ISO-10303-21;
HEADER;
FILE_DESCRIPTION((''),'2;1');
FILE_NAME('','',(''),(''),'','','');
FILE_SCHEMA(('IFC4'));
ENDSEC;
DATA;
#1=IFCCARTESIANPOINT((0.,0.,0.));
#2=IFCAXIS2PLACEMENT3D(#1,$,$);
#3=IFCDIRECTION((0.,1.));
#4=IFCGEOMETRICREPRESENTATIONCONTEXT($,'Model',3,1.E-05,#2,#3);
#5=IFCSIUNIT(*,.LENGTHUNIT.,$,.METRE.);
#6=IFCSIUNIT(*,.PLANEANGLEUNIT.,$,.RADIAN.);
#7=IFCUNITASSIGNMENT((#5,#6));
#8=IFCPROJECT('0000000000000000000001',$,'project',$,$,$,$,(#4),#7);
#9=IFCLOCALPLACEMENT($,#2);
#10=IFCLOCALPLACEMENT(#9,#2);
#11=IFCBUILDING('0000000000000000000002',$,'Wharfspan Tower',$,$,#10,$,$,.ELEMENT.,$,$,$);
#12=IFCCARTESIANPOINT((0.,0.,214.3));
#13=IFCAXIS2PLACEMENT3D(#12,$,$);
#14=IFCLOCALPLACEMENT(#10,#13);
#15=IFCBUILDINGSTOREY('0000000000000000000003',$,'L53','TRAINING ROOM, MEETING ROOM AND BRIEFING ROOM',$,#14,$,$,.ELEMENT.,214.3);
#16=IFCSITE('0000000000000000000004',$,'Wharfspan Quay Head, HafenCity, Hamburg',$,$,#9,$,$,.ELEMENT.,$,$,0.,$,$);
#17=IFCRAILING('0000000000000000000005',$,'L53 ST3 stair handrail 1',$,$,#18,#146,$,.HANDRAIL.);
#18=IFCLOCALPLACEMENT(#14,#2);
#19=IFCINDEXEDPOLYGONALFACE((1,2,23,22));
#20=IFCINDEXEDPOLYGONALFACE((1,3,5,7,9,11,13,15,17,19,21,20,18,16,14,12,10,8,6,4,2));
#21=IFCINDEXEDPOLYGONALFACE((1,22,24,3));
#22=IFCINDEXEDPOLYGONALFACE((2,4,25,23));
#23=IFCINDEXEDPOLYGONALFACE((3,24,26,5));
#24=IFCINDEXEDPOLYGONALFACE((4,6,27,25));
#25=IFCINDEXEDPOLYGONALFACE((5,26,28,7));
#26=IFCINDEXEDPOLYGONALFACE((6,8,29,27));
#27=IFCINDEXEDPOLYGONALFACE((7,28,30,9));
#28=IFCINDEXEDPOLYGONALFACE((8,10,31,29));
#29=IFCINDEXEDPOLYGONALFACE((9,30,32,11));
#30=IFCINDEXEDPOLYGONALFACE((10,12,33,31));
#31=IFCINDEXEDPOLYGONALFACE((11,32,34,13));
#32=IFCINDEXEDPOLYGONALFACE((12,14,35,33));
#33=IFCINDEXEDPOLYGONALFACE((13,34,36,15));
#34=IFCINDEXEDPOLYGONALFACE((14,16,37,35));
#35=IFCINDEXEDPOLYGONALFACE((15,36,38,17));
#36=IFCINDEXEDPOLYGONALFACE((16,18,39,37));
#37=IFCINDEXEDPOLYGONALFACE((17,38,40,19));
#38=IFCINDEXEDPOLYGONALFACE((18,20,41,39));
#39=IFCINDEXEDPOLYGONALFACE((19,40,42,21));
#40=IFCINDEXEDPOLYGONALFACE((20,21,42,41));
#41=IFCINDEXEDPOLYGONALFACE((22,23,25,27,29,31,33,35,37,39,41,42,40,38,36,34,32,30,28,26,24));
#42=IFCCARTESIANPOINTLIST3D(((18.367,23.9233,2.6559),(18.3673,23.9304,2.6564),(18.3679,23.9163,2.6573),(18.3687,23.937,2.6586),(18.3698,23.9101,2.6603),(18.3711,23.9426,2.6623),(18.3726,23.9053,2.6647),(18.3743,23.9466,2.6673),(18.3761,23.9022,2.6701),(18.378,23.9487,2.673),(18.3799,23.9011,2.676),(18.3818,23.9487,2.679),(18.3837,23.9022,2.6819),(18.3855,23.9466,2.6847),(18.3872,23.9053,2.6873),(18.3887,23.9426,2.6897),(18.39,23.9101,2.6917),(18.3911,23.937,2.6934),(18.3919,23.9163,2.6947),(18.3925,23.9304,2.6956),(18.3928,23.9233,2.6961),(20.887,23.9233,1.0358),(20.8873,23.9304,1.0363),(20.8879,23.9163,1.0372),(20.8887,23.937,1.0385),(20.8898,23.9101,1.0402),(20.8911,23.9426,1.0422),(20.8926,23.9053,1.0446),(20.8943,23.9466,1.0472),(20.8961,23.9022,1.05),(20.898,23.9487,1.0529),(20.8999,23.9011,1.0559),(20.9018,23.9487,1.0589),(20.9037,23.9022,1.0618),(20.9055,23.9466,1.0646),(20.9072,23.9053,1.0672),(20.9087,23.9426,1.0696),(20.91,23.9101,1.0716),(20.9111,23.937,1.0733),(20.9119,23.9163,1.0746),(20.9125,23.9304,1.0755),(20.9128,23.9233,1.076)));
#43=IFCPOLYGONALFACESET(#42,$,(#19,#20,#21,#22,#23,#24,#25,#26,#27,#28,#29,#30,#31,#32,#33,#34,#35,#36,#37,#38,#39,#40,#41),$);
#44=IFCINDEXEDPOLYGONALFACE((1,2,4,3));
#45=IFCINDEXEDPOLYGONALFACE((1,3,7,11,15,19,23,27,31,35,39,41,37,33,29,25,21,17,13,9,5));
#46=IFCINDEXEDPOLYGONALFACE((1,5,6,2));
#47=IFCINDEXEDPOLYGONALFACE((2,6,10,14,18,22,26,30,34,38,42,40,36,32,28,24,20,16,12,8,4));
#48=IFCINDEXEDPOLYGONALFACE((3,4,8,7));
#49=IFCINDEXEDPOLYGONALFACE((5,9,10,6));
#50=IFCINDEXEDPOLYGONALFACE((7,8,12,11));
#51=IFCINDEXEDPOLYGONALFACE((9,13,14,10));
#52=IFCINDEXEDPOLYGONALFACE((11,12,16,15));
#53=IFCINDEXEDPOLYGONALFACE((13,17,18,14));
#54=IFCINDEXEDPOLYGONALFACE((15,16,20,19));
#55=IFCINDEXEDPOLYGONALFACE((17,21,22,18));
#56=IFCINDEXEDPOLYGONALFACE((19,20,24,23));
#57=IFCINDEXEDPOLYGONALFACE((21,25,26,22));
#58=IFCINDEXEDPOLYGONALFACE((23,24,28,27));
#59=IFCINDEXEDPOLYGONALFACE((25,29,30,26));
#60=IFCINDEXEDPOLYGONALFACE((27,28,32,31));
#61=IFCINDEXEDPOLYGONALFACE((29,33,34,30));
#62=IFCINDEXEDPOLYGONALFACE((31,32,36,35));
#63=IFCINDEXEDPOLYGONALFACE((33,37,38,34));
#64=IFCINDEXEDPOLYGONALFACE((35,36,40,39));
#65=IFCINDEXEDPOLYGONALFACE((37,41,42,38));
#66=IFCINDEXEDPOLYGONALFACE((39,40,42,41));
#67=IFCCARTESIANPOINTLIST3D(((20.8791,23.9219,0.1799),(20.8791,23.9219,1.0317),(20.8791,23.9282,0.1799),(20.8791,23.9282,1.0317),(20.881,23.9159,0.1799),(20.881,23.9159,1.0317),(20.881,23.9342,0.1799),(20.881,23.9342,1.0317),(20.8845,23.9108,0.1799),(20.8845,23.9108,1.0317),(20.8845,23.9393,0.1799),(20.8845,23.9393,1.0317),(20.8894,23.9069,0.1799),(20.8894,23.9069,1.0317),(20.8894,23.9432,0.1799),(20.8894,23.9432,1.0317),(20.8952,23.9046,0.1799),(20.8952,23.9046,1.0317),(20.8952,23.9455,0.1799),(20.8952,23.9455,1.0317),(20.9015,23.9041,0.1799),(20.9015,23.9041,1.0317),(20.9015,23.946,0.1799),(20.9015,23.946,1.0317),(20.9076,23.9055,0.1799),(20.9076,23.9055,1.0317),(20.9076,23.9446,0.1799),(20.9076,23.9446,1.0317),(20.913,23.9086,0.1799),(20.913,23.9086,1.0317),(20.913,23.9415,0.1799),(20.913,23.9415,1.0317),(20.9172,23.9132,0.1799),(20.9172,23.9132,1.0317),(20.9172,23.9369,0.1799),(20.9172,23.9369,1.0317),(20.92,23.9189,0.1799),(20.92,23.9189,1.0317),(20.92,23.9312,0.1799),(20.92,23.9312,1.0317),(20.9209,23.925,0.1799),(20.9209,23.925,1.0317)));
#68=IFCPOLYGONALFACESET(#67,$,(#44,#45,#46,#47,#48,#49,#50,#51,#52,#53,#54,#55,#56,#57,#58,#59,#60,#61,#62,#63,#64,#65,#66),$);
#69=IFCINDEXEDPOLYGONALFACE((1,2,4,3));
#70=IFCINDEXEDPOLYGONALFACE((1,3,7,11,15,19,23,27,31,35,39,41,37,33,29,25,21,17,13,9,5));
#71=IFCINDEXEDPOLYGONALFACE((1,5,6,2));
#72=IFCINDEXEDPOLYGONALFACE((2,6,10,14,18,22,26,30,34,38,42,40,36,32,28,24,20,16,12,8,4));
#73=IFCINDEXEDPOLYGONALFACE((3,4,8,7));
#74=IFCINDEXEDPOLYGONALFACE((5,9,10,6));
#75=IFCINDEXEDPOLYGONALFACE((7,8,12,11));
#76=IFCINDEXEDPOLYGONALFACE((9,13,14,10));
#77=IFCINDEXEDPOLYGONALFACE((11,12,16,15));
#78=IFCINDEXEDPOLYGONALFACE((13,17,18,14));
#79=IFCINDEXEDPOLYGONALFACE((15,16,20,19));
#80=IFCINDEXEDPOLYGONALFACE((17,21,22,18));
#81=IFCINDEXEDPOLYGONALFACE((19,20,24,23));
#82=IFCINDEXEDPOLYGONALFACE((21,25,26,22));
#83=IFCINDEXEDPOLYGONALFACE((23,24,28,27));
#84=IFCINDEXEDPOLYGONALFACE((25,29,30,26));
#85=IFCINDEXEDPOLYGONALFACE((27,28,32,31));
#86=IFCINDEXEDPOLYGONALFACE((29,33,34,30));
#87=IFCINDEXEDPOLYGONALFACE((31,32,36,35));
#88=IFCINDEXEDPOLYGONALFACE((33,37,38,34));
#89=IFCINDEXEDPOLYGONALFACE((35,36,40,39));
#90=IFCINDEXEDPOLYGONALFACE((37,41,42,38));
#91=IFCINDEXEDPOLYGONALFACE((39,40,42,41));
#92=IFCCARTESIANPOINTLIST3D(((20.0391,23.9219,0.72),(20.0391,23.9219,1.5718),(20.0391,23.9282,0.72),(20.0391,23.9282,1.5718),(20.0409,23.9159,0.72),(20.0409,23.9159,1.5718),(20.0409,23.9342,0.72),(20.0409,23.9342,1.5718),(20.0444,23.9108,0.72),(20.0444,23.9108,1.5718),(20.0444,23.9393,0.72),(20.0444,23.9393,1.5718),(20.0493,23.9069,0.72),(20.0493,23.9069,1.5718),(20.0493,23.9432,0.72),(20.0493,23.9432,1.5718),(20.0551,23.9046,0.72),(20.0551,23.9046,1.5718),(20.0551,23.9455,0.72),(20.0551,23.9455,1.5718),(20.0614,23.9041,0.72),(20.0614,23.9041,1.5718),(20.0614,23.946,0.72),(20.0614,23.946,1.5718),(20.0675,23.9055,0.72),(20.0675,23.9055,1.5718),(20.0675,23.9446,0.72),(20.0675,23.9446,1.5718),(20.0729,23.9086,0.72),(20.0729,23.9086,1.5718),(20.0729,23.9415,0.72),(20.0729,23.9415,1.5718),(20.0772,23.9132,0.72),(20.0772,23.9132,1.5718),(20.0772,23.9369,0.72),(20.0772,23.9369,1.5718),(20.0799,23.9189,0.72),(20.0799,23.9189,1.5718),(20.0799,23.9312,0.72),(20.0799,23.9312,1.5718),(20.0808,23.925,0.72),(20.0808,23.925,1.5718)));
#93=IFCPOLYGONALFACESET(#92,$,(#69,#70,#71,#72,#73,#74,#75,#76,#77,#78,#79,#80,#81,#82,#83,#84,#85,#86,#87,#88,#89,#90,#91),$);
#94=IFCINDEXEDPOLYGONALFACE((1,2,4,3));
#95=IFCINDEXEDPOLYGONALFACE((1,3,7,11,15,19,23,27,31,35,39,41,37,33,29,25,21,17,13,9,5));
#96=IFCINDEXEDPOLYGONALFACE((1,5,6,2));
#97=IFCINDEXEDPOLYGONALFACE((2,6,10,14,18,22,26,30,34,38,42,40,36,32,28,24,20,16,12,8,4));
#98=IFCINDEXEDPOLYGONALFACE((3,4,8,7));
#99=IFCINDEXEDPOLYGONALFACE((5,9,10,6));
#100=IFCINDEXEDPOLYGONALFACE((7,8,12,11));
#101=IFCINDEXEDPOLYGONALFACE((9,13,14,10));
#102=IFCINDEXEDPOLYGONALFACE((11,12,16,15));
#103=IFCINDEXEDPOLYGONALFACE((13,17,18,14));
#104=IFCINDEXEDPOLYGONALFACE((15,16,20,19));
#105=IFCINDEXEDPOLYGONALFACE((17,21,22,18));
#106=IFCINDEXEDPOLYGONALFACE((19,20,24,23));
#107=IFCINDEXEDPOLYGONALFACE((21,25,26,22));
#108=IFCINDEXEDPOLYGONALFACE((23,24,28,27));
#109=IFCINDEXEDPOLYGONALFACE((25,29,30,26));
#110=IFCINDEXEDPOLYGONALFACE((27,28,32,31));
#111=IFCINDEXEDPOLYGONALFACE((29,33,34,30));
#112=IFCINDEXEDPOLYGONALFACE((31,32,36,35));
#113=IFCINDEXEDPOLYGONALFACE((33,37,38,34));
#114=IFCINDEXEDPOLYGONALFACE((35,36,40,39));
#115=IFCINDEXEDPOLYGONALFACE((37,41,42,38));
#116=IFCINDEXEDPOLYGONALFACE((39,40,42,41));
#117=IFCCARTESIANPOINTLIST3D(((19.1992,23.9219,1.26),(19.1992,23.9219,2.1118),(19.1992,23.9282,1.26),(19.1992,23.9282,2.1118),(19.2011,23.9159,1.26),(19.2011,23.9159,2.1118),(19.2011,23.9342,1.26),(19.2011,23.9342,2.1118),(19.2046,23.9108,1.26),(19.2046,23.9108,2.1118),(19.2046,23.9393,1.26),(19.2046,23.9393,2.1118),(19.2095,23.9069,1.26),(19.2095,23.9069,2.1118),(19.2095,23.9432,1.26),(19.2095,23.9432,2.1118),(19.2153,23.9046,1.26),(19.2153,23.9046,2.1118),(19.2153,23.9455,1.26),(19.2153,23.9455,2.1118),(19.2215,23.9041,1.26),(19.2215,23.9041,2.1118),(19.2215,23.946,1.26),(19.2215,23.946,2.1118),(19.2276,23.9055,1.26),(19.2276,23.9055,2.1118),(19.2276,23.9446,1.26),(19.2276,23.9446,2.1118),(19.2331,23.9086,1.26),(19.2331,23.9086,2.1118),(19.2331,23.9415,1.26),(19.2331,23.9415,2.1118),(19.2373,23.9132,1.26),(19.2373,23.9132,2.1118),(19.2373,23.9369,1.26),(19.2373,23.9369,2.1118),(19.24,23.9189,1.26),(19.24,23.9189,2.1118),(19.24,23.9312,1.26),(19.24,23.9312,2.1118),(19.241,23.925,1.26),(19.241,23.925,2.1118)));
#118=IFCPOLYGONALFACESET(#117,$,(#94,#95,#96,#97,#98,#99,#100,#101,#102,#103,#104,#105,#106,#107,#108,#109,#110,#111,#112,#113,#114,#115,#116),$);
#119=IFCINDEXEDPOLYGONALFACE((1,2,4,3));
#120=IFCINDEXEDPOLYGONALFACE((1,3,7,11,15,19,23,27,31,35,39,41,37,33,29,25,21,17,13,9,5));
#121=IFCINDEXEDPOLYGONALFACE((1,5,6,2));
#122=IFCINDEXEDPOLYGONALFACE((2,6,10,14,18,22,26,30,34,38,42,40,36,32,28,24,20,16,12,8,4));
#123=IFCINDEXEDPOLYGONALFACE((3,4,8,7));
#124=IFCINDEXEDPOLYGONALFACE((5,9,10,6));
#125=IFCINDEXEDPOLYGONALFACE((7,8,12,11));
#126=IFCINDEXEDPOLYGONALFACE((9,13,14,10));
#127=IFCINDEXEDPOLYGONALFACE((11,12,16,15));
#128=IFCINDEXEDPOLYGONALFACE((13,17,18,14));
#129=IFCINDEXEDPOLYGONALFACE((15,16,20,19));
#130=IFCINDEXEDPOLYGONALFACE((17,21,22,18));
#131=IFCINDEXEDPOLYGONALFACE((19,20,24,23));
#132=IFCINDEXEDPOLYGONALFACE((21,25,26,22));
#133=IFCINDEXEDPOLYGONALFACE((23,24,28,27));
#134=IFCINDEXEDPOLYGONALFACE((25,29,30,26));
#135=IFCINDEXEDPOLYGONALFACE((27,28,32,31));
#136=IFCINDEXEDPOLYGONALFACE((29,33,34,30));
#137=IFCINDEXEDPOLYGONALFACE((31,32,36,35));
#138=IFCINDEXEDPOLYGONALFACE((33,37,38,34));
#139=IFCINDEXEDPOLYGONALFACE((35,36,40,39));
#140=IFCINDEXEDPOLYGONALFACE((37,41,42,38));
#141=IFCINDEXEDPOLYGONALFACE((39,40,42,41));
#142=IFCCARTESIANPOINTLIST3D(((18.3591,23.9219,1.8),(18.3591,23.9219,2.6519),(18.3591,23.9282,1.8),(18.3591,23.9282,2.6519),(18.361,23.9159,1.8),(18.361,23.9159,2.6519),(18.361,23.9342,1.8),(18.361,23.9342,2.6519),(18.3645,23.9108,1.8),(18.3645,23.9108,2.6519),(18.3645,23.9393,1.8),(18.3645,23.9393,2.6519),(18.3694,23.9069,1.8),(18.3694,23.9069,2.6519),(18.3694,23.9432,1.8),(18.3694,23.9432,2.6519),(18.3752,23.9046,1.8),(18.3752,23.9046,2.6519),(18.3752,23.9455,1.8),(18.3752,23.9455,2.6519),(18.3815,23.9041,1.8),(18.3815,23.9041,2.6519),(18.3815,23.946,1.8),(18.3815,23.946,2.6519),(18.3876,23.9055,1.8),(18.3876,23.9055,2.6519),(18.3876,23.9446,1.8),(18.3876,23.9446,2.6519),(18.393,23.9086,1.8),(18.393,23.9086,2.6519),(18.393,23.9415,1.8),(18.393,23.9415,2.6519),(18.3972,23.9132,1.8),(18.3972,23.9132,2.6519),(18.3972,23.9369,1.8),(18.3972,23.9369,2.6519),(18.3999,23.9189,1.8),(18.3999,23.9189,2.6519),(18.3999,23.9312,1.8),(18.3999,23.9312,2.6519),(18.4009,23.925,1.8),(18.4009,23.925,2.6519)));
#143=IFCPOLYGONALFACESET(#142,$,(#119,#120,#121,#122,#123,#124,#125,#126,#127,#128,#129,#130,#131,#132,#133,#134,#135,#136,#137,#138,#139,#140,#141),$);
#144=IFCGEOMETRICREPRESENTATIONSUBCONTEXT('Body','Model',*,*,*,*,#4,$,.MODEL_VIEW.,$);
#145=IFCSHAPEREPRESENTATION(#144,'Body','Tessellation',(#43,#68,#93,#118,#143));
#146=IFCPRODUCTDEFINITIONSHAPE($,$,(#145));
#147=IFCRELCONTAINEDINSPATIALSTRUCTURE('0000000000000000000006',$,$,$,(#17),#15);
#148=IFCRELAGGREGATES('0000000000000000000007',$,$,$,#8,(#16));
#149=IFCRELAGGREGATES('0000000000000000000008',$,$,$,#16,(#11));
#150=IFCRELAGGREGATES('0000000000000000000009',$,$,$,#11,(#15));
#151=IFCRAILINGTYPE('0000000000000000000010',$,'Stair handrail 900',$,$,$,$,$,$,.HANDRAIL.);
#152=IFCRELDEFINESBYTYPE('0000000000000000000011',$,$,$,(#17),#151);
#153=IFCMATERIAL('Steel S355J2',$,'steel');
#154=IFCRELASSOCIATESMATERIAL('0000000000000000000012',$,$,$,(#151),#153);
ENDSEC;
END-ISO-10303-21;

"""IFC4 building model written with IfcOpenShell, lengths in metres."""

from ifc_helpers import new_model, si_unit, direction, frame, origin, origin_2d, place, context, subcontext, project, spatial, circle, extrude, material, type_object, element, save


model = new_model("IFC4")

# Units and contexts
model_context = context("Model", 3, precision=1e-05, world=origin(), true_north=direction((0.0, 1.0)))
body_context = subcontext(model_context, "Body", "Model", "MODEL_VIEW")
ifc_project = project(units=[si_unit("LENGTHUNIT", "METRE"), si_unit("PLANEANGLEUNIT", "RADIAN")], contexts=[model_context])

# Site, building, storey
site_placement = place(None, origin())
site = spatial("IfcSite", under=ifc_project, at=site_placement, Name="Wharfspan Quay Head, HafenCity, Hamburg", CompositionType="ELEMENT", RefElevation=0.0)
building_placement = place(site_placement, origin())
building = spatial("IfcBuilding", under=site, at=building_placement, Name="Wharfspan Tower", CompositionType="ELEMENT")
storey_placement = place(building_placement, frame((0.0, 0.0, 214.3)))
storey = spatial("IfcBuildingStorey", under=building, at=storey_placement, Name="L53", Description="TRAINING ROOM, MEETING ROOM AND BRIEFING ROOM", CompositionType="ELEMENT", Elevation=214.3)

# Shared definitions
ifc_material_1 = material(Name="Steel S355J2", Category="steel")

# Railing
railing_type_1 = type_object("IfcRailingType", Name="Stair handrail 900", PredefinedType="HANDRAIL", material=ifc_material_1)
railing_1_placement = place(storey_placement, frame((20.8999, 23.925, 0.1799)))
element("IfcRailing", 1, at=railing_1_placement, inside=storey, type_object=railing_type_1, Name="L53 ST3 stair handrail 1", PredefinedType="HANDRAIL", context=body_context, shape_type="SweptSolid", body=[
    extrude(circle(Radius=0.0239, at=origin_2d()), frame((0.0, 0.0, 0.876), z_axis=(-0.841163, 0.0, 0.540782), x_axis=(0.0, -1.0, 0.0)), (0.0, 0.0, 1.0), 2.9958),
    extrude(circle(Radius=0.021, at=origin_2d()), origin(), (0.0, 0.0, 1.0), 0.8518),
    extrude(circle(Radius=0.021, at=origin_2d()), frame((-0.8401, 0.0, 0.54)), (0.0, 0.0, 1.0), 0.8518),
    extrude(circle(Radius=0.021, at=origin_2d()), frame((-1.6799, 0.0, 1.0801)), (0.0, 0.0, 1.0), 0.8518),
    extrude(circle(Radius=0.021, at=origin_2d()), frame((-2.52, 0.0, 1.6201)), (0.0, 0.0, 1.0), 0.8518),
])

save(model, "model.ifc")
